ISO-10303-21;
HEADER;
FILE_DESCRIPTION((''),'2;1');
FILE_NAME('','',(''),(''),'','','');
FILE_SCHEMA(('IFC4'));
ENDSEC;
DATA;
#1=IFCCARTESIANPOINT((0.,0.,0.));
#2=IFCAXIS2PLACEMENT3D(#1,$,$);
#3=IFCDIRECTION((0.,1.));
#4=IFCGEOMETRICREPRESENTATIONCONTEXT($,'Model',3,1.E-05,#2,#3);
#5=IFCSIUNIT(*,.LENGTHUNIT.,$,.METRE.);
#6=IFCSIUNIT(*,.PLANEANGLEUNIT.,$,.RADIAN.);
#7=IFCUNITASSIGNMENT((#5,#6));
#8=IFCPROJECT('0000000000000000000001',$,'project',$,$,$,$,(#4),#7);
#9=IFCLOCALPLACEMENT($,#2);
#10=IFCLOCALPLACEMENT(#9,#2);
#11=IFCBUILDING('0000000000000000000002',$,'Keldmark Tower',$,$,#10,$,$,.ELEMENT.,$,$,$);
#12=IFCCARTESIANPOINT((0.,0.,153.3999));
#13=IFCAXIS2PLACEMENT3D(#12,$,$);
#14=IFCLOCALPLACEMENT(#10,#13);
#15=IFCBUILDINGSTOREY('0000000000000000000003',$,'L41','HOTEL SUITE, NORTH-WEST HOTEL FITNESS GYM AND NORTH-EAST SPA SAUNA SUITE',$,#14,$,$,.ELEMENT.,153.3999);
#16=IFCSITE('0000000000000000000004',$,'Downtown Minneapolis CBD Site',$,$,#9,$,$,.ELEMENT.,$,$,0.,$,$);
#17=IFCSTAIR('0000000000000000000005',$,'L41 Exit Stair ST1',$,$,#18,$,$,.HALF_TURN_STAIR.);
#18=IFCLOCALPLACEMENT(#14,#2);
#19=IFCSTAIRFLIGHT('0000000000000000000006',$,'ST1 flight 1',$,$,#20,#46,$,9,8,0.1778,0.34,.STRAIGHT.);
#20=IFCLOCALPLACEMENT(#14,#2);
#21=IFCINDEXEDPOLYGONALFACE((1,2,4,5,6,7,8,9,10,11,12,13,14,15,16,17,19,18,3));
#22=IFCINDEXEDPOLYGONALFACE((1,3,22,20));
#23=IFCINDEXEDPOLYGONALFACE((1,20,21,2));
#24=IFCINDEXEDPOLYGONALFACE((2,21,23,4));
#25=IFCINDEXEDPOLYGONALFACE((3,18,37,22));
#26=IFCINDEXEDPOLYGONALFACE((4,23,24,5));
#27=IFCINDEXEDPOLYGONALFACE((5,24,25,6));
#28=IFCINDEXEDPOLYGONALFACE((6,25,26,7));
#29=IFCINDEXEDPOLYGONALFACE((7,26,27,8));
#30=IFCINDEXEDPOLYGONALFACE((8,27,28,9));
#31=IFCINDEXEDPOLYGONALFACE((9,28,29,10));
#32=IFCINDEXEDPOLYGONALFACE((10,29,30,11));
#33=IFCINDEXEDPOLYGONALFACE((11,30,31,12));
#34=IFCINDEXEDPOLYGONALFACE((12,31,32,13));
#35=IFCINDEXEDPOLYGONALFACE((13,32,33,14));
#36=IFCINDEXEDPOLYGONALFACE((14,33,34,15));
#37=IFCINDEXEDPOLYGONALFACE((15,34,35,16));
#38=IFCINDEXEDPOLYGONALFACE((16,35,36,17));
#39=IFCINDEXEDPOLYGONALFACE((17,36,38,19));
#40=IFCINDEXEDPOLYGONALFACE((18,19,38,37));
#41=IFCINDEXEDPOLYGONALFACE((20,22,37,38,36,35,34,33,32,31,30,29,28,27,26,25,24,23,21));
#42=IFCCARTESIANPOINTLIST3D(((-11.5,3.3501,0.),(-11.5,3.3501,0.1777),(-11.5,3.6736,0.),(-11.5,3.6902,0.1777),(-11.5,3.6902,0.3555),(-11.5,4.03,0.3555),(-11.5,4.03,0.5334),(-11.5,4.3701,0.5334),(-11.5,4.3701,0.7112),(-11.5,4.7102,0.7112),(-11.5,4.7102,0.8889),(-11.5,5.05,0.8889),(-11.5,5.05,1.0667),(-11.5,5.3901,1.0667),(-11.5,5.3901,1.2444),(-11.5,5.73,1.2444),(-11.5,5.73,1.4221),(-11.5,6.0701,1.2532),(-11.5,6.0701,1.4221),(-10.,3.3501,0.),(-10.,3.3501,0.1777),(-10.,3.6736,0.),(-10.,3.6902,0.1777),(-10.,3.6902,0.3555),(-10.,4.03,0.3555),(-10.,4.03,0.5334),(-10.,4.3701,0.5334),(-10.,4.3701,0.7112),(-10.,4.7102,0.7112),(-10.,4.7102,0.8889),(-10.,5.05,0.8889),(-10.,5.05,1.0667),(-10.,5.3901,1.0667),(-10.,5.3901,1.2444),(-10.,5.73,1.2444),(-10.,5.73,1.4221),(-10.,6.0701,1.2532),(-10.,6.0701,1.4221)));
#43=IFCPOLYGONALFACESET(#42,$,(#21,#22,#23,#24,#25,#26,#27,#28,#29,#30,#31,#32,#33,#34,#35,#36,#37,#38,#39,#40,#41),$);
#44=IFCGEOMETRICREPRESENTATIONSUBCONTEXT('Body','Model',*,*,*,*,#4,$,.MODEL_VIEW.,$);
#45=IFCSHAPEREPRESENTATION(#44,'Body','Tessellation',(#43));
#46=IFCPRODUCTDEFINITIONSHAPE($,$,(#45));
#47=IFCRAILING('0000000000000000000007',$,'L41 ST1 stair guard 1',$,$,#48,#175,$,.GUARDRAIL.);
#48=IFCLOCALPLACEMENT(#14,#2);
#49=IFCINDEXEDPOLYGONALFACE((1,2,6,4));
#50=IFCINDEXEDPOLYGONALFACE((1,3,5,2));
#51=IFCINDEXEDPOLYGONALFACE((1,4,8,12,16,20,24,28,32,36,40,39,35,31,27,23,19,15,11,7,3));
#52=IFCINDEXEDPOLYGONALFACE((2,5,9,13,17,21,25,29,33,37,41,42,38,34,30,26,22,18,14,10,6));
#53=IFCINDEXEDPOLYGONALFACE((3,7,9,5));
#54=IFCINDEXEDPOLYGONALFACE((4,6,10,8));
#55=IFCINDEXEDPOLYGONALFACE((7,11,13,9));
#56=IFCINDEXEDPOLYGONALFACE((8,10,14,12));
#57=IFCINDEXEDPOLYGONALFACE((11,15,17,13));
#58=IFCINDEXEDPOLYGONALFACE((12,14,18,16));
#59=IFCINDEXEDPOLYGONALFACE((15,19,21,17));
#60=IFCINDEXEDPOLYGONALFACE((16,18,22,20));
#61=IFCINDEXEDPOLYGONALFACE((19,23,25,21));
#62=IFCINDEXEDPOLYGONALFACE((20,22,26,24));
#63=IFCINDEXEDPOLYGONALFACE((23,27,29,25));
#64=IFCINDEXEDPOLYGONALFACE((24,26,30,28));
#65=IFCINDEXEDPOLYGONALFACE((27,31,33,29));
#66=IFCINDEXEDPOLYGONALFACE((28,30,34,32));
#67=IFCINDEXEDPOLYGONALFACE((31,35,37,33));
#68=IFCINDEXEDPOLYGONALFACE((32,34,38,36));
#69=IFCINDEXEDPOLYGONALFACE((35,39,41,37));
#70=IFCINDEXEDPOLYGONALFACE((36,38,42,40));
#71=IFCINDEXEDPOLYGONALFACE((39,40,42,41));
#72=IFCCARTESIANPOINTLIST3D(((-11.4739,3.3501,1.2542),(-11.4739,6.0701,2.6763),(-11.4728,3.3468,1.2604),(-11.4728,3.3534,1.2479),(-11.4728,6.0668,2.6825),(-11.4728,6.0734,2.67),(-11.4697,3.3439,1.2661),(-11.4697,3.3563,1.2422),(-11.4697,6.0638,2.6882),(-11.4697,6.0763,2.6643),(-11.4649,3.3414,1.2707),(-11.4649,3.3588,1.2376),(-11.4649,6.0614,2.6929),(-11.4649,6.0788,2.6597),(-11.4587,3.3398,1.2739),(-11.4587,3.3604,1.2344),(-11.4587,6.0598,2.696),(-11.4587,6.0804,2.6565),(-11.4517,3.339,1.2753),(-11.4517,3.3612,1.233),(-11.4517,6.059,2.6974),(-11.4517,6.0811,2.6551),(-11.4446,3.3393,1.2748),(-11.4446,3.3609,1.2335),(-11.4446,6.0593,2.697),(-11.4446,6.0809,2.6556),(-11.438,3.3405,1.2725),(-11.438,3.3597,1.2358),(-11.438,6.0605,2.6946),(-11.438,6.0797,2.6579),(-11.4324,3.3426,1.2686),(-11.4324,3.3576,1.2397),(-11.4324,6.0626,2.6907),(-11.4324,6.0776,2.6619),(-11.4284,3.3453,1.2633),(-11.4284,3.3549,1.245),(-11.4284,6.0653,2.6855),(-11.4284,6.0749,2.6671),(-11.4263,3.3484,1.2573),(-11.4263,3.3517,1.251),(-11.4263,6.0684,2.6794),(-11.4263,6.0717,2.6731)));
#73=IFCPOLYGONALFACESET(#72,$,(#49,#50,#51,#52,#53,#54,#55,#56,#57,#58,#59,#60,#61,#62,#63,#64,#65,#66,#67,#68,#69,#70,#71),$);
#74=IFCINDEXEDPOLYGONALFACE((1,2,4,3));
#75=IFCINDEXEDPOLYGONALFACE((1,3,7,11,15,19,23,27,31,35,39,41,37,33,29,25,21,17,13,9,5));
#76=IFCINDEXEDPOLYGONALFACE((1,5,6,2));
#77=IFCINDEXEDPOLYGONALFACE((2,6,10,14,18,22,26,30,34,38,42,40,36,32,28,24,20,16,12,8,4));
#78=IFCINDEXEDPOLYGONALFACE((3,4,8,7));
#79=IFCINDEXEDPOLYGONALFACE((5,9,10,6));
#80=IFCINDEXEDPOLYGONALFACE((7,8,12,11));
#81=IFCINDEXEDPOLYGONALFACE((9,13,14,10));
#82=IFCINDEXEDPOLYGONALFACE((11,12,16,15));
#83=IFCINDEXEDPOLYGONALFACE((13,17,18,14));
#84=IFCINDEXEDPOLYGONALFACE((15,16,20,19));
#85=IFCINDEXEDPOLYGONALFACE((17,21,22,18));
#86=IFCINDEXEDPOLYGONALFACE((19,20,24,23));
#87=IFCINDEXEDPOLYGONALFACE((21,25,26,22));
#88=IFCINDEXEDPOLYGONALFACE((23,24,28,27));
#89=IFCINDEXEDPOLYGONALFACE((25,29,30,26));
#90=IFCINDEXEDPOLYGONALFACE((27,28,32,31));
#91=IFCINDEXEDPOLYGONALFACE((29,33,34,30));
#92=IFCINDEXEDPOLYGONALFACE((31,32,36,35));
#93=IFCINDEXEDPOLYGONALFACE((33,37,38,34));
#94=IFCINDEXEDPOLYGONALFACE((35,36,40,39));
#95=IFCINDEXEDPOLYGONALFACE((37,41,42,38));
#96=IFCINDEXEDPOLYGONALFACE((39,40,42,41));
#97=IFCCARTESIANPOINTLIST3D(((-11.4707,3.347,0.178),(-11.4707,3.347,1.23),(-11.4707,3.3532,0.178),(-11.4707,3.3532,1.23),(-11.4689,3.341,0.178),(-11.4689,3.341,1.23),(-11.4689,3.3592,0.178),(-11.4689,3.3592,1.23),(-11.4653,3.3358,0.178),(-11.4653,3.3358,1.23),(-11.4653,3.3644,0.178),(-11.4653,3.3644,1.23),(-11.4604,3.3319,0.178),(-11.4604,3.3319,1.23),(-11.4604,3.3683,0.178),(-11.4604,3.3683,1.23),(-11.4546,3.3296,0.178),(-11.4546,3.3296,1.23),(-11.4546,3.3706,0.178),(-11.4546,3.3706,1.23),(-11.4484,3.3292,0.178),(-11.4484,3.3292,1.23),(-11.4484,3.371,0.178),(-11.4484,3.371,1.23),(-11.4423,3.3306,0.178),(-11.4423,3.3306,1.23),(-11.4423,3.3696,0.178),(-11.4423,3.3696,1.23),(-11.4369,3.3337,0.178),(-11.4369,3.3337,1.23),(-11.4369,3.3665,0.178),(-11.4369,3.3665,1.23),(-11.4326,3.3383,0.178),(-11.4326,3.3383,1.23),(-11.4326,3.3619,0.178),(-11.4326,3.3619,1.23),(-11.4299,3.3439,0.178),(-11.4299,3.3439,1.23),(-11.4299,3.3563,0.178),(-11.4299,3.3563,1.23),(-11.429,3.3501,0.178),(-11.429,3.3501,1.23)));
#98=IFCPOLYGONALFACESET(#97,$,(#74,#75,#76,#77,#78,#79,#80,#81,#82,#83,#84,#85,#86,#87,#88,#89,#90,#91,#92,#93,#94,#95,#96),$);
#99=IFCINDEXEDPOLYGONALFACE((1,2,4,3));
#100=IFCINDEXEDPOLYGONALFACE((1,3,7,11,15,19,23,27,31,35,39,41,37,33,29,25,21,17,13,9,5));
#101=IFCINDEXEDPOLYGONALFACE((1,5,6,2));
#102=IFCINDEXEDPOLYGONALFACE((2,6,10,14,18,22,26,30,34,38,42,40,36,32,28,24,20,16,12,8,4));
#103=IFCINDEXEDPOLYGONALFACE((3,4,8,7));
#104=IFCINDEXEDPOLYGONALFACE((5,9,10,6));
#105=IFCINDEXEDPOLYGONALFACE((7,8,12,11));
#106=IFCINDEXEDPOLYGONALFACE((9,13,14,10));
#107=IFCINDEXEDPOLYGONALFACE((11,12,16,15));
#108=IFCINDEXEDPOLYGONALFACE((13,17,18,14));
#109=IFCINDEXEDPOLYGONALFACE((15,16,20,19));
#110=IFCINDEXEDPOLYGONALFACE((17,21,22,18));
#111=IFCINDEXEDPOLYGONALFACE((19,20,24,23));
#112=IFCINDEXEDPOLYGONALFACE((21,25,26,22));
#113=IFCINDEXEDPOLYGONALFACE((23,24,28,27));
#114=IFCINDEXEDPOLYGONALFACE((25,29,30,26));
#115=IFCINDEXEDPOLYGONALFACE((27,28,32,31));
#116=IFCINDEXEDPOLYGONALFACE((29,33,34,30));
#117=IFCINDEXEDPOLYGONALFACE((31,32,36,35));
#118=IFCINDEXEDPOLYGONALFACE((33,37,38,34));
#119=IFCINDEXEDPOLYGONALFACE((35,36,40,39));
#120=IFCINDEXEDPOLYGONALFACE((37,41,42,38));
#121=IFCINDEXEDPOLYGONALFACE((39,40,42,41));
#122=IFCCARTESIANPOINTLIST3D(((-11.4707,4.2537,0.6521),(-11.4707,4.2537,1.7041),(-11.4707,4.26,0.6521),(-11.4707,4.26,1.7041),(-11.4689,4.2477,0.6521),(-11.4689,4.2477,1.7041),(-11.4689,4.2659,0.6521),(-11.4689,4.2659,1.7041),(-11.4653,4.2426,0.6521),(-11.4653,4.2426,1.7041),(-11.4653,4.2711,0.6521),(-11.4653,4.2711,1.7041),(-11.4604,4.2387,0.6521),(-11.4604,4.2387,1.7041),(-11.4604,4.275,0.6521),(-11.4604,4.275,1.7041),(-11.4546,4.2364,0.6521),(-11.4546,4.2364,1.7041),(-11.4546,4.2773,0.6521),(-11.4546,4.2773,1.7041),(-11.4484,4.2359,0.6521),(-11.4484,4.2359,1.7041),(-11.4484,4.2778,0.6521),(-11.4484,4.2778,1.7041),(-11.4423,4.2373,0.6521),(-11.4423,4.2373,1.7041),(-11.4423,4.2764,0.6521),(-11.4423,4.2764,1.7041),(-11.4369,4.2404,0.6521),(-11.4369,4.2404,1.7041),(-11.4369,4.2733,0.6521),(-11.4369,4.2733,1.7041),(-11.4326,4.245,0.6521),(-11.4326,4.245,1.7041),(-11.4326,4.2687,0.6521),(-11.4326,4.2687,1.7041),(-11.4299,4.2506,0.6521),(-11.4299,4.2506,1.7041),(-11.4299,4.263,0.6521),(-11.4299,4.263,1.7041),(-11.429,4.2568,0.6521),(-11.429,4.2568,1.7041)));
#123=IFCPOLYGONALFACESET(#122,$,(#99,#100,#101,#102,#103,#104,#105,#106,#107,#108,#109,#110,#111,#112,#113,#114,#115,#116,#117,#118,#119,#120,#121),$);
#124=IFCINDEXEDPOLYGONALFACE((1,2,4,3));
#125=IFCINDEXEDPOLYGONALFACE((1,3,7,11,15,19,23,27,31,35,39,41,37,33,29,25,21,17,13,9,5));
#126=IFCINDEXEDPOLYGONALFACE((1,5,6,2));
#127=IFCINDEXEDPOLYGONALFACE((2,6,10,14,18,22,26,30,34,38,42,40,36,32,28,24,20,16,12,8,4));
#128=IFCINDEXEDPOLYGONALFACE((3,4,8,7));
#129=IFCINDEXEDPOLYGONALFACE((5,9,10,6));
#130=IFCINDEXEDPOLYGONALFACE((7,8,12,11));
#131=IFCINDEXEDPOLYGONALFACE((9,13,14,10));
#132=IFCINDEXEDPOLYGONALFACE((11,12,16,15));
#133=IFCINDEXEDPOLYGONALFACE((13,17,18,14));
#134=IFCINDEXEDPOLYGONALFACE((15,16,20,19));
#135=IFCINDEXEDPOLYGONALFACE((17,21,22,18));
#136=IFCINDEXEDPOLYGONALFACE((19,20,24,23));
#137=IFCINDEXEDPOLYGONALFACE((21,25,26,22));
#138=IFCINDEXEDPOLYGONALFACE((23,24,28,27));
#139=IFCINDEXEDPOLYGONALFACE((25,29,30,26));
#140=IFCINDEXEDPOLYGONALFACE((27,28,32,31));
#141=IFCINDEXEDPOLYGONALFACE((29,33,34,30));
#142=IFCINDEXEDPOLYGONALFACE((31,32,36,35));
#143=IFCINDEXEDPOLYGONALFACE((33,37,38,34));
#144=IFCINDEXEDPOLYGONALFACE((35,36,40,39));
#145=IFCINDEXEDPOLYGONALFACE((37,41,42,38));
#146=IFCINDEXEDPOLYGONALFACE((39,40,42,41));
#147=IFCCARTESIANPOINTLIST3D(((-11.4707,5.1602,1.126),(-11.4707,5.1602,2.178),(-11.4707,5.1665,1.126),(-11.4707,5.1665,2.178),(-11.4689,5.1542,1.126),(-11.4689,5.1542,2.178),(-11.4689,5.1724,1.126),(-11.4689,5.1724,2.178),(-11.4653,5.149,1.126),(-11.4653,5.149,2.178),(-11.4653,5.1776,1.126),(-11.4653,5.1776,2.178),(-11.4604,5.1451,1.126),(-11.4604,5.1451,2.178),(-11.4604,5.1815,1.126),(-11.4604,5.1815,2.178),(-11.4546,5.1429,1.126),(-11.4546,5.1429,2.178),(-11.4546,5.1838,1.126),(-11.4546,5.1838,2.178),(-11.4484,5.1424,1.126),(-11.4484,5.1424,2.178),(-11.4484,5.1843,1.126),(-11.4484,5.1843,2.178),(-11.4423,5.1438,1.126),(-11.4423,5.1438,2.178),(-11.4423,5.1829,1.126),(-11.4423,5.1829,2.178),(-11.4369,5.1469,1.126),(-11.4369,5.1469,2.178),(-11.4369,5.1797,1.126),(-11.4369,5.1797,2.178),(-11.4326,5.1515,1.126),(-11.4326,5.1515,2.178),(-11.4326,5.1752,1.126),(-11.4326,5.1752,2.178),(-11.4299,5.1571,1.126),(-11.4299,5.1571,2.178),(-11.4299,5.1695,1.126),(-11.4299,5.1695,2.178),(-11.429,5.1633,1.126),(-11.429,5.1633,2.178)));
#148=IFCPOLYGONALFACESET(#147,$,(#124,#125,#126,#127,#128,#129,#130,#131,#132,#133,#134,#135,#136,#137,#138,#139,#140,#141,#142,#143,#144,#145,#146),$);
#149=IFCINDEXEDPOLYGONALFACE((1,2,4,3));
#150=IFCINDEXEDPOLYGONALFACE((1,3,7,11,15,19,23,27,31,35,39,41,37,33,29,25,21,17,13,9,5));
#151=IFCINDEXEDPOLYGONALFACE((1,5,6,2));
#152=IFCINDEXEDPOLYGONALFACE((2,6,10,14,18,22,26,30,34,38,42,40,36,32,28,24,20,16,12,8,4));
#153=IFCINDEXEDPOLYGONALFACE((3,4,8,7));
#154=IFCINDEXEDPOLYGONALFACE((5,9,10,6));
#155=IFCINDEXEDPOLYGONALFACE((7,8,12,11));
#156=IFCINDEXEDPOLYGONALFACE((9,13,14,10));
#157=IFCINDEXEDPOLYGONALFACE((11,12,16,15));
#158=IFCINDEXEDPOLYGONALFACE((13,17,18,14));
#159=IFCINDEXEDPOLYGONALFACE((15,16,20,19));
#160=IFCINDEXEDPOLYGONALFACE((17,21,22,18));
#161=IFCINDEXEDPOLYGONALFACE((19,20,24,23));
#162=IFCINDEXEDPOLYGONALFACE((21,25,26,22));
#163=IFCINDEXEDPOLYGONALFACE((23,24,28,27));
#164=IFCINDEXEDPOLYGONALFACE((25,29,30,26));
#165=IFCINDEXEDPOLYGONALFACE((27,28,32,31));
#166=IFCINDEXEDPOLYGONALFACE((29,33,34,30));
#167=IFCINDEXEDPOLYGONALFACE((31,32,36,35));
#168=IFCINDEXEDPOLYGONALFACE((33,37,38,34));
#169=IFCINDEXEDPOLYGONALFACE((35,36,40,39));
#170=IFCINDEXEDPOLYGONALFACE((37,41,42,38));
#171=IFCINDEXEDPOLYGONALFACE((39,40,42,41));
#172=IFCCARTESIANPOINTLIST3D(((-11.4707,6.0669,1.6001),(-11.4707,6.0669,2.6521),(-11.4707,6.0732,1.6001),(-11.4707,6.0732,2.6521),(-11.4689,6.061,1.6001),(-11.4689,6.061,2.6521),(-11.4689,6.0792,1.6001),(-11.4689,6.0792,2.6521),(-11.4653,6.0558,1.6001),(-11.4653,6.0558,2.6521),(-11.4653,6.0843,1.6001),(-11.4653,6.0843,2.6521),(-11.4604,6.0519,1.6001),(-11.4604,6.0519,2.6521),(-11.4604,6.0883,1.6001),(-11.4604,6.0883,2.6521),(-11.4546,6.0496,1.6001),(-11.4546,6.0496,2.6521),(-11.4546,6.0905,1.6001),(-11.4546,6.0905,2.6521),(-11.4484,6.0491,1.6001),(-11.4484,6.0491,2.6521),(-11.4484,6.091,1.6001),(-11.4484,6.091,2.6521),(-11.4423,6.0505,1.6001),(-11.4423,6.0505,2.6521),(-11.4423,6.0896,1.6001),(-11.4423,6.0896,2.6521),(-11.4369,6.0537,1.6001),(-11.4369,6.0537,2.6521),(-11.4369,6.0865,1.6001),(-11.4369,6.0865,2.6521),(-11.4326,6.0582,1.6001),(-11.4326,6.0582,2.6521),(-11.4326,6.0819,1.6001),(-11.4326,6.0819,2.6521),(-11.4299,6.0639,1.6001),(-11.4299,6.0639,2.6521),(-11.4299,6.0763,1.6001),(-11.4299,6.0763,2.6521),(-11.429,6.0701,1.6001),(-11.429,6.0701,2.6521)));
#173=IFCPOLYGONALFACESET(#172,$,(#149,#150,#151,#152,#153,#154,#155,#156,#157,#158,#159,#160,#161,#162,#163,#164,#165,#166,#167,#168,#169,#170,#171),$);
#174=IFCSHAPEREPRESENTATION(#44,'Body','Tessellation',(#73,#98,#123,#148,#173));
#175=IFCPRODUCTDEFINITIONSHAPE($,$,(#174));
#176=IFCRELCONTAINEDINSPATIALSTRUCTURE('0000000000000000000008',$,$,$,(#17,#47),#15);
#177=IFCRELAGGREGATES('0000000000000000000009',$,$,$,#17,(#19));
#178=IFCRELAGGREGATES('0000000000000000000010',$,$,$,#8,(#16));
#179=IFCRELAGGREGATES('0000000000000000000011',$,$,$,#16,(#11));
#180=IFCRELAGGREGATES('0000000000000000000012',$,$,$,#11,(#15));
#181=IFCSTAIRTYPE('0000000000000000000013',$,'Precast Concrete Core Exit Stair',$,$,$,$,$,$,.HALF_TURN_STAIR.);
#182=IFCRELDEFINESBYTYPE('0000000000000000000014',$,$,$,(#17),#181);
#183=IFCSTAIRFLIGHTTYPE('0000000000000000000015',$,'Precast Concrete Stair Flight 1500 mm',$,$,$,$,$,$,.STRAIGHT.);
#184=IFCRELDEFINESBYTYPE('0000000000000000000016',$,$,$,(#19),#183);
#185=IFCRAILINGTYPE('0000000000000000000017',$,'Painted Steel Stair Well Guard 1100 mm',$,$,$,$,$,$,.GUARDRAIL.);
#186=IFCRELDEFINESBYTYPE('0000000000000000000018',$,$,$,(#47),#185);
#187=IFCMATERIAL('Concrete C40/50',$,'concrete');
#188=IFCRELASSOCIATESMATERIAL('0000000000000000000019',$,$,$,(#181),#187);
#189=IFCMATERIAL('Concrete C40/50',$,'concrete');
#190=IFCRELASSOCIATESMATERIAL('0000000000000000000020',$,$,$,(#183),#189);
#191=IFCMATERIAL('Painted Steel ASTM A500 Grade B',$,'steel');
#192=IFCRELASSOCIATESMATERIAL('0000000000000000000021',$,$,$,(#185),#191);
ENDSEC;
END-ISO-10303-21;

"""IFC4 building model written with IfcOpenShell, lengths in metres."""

from ifc_helpers import new_model, si_unit, direction, frame, origin, origin_2d, place, context, subcontext, project, spatial, polyline, circle, outline, extrude, material, type_object, element, aggregate, save


model = new_model("IFC4")

# Units and contexts
model_context = context("Model", 3, precision=1e-05, world=origin(), true_north=direction((0.0, 1.0)))
body_context = subcontext(model_context, "Body", "Model", "MODEL_VIEW")
ifc_project = project(units=[si_unit("LENGTHUNIT", "METRE"), si_unit("PLANEANGLEUNIT", "RADIAN")], contexts=[model_context])

# Site, building, storey
site_placement = place(None, origin())
site = spatial("IfcSite", under=ifc_project, at=site_placement, Name="Downtown Minneapolis CBD Site", CompositionType="ELEMENT", RefElevation=0.0)
building_placement = place(site_placement, origin())
building = spatial("IfcBuilding", under=site, at=building_placement, Name="Keldmark Tower", CompositionType="ELEMENT")
storey_placement = place(building_placement, frame((0.0, 0.0, 153.3999)))
storey = spatial("IfcBuildingStorey", under=building, at=storey_placement, Name="L41", Description="HOTEL SUITE, NORTH-WEST HOTEL FITNESS GYM AND NORTH-EAST SPA SAUNA SUITE", CompositionType="ELEMENT", Elevation=153.3999)

# Stair, stair flight
ifc_material_1 = material(Name="Concrete C40/50", Category="concrete")
stair_type = type_object("IfcStairType", Name="Precast Concrete Core Exit Stair", PredefinedType="HALF_TURN_STAIR", material=ifc_material_1)
stair_placement = place(storey_placement, origin())
stair = element("IfcStair", 1, at=stair_placement, inside=storey, type_object=stair_type, Name="L41 Exit Stair ST1", PredefinedType="HALF_TURN_STAIR")
ifc_material_2 = material(Name="Concrete C40/50", Category="concrete")
stair_flight_type = type_object("IfcStairFlightType", Name="Precast Concrete Stair Flight 1500 mm", PredefinedType="STRAIGHT", material=ifc_material_2)
stair_flight_placement = place(storey_placement, frame((-10.75, 3.3501, 0.0), z_axis=(0.0, 0.0, 1.0), x_axis=(0.0, 1.0, 0.0)))
stair_flight = element("IfcStairFlight", 2, at=stair_flight_placement, type_object=stair_flight_type, Name="ST1 flight 1", NumberOfRisers=9, NumberOfTreads=8, PredefinedType="STRAIGHT", RiserHeight=0.1778, TreadLength=0.34, context=body_context, shape_type="SweptSolid", body=[
    extrude(outline(polyline([(0.0, 0.0), (0.0, 0.1777), (0.3401, 0.1777), (0.3401, 0.3555), (0.6799, 0.3555), (0.6799, 0.5334), (1.02, 0.5334), (1.02, 0.7112), (1.3601, 0.7112), (1.3601, 0.8889), (1.7, 0.8889), (1.7, 1.0667), (2.04, 1.0667), (2.04, 1.2444), (2.3799, 1.2444), (2.3799, 1.4221), (2.72, 1.4221), (2.72, 1.6001), (2.72, 1.2532), (0.3235, 0.0), (0.0, 0.0)])), frame((0.0, 0.75, 0.0), z_axis=(0.0, -1.0, 0.0), x_axis=(1.0, 0.0, 0.0)), (0.0, 0.0, 1.0), 1.5),
])
aggregate(stair, [stair_flight])

# Railing
ifc_material_3 = material(Name="Painted Steel ASTM A500 Grade B", Category="steel")
railing_type_1 = type_object("IfcRailingType", Name="Painted Steel Stair Well Guard 1100 mm", PredefinedType="GUARDRAIL", material=ifc_material_3)
railing_1_placement = place(storey_placement, frame((-11.45, 3.3501, 0.178)))
element("IfcRailing", 3, at=railing_1_placement, inside=storey, type_object=railing_type_1, Name="L41 ST1 stair guard 1", PredefinedType="GUARDRAIL", context=body_context, shape_type="SweptSolid", body=[
    extrude(circle(Radius=0.0239, at=origin_2d()), frame((0.0, 0.0, 1.0762), z_axis=(0.0, 0.886183, 0.463335), x_axis=(-1.0, 0.0, 0.0)), (0.0, 0.0, 1.0), 3.0693),
    extrude(circle(Radius=0.021, at=origin_2d()), origin(), (0.0, 0.0, 1.0), 1.052),
    extrude(circle(Radius=0.021, at=origin_2d()), frame((0.0, 0.9067, 0.4741)), (0.0, 0.0, 1.0), 1.052),
    extrude(circle(Radius=0.021, at=origin_2d()), frame((0.0, 1.8132, 0.948)), (0.0, 0.0, 1.0), 1.052),
    extrude(circle(Radius=0.021, at=origin_2d()), frame((0.0, 2.72, 1.4221)), (0.0, 0.0, 1.0), 1.052),
])

save(model, "model.ifc")
